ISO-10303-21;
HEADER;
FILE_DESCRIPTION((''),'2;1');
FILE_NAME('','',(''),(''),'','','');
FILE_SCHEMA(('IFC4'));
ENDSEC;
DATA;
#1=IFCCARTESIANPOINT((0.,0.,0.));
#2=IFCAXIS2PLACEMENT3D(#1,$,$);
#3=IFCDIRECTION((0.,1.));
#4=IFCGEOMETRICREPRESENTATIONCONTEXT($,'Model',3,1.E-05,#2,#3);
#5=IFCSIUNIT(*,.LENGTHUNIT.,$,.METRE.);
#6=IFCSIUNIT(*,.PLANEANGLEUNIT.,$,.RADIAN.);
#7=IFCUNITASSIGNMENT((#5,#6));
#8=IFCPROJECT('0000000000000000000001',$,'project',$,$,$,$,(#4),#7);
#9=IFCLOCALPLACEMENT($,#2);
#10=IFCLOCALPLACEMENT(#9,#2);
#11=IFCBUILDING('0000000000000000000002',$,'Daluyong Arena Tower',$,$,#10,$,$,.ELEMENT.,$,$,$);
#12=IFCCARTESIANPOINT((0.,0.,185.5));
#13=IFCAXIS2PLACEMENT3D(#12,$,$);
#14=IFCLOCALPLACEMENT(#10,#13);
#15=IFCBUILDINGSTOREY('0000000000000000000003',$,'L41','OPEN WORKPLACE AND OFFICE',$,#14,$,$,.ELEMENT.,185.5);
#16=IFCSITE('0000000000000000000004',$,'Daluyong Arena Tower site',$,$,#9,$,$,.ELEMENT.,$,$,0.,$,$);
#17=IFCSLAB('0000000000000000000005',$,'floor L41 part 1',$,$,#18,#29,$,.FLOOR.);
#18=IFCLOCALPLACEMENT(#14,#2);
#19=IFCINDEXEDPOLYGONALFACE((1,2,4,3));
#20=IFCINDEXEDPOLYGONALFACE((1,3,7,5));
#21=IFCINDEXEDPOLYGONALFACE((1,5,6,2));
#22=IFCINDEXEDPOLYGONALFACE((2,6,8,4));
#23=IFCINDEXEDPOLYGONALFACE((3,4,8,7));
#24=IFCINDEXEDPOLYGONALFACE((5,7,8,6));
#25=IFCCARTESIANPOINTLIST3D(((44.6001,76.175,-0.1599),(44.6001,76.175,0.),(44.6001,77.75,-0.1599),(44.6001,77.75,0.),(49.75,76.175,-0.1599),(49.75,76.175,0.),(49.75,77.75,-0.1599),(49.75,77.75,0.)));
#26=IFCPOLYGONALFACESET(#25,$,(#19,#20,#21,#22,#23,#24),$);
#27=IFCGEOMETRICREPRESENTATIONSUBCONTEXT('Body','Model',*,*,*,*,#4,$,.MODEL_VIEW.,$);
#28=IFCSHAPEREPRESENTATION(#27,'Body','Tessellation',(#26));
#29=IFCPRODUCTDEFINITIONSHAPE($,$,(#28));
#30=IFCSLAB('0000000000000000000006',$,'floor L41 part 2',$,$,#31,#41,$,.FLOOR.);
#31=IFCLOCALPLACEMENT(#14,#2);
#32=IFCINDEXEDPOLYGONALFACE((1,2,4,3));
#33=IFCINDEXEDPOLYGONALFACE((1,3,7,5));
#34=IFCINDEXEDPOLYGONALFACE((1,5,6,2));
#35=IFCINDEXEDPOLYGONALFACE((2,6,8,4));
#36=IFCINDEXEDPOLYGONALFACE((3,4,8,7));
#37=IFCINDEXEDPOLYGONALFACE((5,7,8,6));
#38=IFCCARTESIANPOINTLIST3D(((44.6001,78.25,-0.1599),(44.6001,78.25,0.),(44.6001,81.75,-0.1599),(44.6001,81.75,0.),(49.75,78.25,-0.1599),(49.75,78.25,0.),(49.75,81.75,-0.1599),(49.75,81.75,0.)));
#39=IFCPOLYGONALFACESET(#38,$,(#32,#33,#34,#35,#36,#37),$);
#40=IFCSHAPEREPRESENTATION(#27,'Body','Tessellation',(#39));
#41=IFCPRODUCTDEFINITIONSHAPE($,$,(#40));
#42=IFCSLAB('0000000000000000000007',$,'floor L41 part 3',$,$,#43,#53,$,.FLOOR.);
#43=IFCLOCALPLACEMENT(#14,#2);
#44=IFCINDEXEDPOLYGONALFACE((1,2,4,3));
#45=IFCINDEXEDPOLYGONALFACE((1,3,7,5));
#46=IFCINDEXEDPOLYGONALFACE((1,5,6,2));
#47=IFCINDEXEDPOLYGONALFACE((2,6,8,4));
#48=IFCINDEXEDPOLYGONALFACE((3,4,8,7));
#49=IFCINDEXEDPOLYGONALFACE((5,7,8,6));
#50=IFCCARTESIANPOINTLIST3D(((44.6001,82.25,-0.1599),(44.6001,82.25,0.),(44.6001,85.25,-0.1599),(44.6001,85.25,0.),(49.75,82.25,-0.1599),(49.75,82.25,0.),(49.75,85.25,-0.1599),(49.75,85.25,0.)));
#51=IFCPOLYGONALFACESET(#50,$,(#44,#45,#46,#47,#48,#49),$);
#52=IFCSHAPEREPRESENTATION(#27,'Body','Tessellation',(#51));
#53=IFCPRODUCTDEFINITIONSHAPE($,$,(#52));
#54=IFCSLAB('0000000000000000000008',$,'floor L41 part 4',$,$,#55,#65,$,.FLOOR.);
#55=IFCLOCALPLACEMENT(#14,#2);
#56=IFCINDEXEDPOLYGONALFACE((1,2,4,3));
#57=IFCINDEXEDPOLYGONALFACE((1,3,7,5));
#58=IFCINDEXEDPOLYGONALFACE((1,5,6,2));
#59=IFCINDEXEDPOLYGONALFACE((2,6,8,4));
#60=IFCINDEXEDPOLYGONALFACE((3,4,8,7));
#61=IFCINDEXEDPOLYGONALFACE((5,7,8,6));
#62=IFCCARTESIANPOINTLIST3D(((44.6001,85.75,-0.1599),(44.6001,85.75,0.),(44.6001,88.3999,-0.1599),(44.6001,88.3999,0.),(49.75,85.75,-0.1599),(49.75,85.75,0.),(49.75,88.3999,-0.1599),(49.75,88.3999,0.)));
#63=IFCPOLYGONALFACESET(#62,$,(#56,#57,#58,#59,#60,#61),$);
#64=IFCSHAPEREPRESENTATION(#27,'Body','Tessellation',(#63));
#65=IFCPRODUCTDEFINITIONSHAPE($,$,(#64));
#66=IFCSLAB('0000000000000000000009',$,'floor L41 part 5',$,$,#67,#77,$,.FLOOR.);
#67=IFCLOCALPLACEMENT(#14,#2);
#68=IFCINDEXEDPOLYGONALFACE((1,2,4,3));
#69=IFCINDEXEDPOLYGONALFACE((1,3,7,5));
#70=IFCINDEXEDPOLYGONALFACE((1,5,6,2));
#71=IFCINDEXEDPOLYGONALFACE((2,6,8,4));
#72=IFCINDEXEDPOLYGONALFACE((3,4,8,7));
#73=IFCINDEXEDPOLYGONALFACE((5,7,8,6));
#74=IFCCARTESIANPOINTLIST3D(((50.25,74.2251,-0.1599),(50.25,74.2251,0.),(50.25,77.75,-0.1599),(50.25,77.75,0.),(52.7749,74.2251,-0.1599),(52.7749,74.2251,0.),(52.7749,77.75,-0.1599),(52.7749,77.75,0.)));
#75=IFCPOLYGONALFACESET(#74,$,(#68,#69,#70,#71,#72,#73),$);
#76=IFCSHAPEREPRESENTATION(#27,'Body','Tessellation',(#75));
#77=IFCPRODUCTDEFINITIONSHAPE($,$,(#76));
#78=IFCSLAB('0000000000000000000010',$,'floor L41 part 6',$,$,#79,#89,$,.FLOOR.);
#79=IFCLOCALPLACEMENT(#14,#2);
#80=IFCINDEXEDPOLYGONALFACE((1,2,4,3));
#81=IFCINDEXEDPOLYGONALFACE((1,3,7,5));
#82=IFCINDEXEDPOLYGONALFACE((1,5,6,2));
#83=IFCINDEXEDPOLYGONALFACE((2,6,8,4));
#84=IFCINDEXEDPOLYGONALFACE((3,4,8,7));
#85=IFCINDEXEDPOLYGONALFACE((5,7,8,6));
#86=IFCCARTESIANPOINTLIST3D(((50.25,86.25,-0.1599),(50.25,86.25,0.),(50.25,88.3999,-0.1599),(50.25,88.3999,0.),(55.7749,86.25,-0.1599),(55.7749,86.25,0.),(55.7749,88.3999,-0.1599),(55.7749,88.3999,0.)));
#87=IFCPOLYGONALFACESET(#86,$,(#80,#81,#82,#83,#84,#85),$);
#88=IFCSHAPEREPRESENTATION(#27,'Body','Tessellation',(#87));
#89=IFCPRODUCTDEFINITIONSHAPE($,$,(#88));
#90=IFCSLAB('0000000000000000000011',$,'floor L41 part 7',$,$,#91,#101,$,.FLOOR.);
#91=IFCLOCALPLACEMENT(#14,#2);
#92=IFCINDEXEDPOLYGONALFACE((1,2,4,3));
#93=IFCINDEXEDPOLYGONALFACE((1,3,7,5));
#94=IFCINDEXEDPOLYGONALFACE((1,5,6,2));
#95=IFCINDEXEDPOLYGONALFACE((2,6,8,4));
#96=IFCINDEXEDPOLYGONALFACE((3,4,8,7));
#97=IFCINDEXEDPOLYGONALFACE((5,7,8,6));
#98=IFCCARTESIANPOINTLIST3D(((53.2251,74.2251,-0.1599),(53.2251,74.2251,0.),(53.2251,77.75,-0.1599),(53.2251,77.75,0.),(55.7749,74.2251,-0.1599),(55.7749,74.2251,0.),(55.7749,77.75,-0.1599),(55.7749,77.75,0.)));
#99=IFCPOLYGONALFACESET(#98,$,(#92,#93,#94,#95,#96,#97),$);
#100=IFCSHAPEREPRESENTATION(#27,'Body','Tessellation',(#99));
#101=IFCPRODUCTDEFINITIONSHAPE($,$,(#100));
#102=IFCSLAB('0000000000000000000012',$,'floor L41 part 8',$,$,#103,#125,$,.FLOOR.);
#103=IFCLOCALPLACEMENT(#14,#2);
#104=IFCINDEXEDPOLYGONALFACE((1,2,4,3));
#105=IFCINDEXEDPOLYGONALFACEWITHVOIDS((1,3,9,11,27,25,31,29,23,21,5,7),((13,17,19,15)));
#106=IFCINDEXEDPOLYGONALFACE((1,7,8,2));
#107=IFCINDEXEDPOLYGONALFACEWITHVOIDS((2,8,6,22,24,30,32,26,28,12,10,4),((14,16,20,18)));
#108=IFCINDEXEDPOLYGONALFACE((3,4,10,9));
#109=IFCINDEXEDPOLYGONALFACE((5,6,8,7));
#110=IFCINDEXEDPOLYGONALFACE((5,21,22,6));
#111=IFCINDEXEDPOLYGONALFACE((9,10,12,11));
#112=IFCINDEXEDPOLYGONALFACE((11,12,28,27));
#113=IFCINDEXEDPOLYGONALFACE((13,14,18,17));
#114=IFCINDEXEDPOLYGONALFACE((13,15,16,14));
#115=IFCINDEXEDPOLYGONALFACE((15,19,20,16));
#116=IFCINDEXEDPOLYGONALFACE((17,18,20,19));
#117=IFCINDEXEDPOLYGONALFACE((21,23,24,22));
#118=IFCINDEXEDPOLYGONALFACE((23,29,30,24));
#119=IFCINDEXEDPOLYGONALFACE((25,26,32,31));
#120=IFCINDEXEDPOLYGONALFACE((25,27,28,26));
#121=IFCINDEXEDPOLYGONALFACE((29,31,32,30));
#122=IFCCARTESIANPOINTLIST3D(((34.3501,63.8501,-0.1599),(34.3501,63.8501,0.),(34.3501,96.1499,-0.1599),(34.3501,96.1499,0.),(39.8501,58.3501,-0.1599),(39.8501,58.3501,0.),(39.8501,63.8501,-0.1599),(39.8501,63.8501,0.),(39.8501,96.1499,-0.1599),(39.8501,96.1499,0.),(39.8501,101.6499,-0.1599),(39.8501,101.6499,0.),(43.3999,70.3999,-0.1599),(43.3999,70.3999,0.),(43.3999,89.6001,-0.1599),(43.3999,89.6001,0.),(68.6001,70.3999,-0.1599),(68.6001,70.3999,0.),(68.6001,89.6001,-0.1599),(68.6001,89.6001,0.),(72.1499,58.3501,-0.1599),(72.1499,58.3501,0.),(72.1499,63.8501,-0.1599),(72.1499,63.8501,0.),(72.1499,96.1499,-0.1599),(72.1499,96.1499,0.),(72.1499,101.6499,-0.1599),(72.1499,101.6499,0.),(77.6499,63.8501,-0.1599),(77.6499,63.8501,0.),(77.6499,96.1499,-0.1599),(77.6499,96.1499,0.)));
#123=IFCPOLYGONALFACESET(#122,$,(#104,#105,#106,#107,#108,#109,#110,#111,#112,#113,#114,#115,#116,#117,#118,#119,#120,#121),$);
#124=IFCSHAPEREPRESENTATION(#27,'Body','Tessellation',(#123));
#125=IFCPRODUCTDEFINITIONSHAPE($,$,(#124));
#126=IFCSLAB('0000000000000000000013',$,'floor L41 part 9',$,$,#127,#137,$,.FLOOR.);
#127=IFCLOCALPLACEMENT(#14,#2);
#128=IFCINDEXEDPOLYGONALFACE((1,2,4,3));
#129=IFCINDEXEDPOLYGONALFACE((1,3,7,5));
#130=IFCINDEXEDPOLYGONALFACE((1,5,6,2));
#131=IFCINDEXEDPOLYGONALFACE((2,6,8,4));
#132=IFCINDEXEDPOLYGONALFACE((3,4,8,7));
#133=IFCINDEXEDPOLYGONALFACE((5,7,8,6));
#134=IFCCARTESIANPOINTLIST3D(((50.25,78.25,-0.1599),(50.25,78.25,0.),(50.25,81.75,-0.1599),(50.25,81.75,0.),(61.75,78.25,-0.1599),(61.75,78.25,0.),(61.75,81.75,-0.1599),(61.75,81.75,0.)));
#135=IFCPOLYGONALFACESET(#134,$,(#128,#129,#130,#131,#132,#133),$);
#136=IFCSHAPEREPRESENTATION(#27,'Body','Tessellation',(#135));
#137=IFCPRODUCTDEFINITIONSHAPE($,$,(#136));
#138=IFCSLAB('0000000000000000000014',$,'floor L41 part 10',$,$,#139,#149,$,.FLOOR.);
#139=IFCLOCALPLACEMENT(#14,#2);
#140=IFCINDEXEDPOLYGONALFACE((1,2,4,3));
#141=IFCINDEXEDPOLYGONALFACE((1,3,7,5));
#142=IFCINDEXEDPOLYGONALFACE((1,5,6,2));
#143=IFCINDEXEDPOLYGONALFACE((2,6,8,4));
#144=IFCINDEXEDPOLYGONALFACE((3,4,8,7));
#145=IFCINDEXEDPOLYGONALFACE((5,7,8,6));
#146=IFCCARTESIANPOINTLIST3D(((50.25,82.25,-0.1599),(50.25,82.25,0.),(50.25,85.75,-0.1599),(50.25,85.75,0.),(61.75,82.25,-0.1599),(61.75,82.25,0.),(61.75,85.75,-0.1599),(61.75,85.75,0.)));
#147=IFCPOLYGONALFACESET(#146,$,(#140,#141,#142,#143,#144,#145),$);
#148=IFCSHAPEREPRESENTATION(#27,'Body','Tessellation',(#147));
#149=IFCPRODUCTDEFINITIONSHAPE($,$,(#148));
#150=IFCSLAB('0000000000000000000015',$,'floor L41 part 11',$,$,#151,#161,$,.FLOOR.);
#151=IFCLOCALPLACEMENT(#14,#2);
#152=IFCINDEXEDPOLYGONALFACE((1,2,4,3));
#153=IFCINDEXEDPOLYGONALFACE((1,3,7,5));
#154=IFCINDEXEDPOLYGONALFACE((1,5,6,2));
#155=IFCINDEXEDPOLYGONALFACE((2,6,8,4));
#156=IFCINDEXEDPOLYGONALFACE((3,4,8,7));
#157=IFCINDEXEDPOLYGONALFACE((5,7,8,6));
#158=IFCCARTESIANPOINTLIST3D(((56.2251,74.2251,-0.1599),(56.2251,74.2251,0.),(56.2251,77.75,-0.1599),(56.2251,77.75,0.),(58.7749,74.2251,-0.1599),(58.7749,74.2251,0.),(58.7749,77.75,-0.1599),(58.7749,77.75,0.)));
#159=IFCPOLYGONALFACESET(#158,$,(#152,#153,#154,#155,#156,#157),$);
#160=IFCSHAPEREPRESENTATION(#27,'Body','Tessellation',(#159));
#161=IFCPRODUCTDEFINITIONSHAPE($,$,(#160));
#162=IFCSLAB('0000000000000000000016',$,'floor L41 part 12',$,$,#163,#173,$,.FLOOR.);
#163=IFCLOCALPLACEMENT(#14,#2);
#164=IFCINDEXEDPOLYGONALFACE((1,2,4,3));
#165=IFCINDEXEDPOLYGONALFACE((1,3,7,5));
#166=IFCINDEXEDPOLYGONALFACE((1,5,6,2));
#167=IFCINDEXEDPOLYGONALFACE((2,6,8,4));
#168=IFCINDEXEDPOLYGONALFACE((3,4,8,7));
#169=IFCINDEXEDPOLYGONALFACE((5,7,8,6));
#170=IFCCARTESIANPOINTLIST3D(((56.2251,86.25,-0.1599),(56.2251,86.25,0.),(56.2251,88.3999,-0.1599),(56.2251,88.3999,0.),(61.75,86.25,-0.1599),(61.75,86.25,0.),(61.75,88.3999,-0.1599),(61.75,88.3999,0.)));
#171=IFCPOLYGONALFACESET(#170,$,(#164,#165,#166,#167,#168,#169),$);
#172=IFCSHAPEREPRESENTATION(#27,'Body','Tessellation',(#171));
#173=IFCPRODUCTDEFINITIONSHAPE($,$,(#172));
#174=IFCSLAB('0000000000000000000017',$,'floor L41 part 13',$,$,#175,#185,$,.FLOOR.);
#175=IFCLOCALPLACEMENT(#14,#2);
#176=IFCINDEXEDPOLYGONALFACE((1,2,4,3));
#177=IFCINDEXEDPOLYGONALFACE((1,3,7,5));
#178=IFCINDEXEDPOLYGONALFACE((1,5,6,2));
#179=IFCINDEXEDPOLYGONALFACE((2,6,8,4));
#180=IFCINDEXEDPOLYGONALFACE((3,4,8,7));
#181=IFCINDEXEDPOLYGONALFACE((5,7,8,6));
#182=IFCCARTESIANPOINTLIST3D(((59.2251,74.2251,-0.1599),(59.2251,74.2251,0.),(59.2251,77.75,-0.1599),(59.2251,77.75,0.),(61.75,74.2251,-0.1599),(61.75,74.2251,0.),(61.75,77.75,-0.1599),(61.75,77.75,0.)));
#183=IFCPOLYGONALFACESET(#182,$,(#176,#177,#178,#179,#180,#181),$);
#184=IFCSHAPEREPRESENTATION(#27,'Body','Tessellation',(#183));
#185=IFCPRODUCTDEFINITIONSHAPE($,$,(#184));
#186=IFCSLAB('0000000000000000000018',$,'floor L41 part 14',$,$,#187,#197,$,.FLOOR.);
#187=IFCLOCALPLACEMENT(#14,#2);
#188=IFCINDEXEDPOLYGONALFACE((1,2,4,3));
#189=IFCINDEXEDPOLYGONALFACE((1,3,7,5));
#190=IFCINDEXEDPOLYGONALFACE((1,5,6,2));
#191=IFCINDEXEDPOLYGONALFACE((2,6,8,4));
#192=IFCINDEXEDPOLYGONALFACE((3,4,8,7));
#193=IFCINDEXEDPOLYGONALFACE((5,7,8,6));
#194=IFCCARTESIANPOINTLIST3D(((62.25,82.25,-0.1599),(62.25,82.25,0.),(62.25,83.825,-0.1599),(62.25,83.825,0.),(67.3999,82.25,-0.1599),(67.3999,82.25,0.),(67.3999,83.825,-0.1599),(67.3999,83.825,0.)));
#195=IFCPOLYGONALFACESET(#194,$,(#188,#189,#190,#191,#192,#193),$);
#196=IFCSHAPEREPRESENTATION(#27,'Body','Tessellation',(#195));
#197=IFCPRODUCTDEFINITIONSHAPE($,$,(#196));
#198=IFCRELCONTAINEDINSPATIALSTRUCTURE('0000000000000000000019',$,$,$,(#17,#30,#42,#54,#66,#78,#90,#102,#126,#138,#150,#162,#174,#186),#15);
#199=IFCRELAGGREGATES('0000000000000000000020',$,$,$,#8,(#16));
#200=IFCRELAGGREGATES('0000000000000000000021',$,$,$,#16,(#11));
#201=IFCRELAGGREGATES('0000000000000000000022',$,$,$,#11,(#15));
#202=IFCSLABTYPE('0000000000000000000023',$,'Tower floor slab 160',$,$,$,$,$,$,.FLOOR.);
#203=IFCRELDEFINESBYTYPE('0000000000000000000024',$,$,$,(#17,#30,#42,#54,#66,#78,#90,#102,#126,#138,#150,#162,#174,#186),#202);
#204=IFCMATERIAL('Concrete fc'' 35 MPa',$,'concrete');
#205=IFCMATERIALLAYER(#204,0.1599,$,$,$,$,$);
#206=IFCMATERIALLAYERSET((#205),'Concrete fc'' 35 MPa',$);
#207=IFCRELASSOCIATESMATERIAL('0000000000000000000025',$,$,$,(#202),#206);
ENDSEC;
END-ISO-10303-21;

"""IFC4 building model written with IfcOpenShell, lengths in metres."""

from ifc_helpers import new_model, si_unit, direction, frame, origin, place, context, subcontext, project, spatial, polyline, outline, extrude, material, layer, layer_set, type_object, element, save


model = new_model("IFC4")

# Units and contexts
model_context = context("Model", 3, precision=1e-05, world=origin(), true_north=direction((0.0, 1.0)))
body_context = subcontext(model_context, "Body", "Model", "MODEL_VIEW")
ifc_project = project(units=[si_unit("LENGTHUNIT", "METRE"), si_unit("PLANEANGLEUNIT", "RADIAN")], contexts=[model_context])

# Site, building, storey
site_placement = place(None, origin())
site = spatial("IfcSite", under=ifc_project, at=site_placement, Name="Daluyong Arena Tower site", CompositionType="ELEMENT", RefElevation=0.0)
building_placement = place(site_placement, origin())
building = spatial("IfcBuilding", under=site, at=building_placement, Name="Daluyong Arena Tower", CompositionType="ELEMENT")
storey_placement = place(building_placement, frame((0.0, 0.0, 185.5)))
storey = spatial("IfcBuildingStorey", under=building, at=storey_placement, Name="L41", Description="OPEN WORKPLACE AND OFFICE", CompositionType="ELEMENT", Elevation=185.5)

# Slabs
ifc_material_1 = material(Name="Concrete fc' 35 MPa", Category="concrete")
ifc_layer_1 = layer(ifc_material_1, 0.1599)
ifc_layer_set_1 = layer_set([ifc_layer_1], Name="Concrete fc' 35 MPa")
slab_type = type_object("IfcSlabType", Name="Tower floor slab 160", PredefinedType="FLOOR", material=ifc_layer_set_1)
slab_1_placement = place(storey_placement, frame((0.0, 0.0, -0.1599)))
element("IfcSlab", 1, at=slab_1_placement, inside=storey, type_object=slab_type, Name="floor L41 part 1", PredefinedType="FLOOR", context=body_context, shape_type="SweptSolid", body=[
    extrude(outline(polyline([(49.75, 77.75), (44.6001, 77.75), (44.6001, 76.175), (49.75, 76.175), (49.75, 77.75)])), origin(), (0.0, 0.0, 1.0), 0.1599),
])
slab_2_placement = place(storey_placement, frame((0.0, 0.0, -0.1599)))
element("IfcSlab", 2, at=slab_2_placement, inside=storey, type_object=slab_type, Name="floor L41 part 2", PredefinedType="FLOOR", context=body_context, shape_type="SweptSolid", body=[
    extrude(outline(polyline([(49.75, 78.25), (49.75, 81.75), (44.6001, 81.75), (44.6001, 78.25), (49.75, 78.25)])), origin(), (0.0, 0.0, 1.0), 0.1599),
])
slab_3_placement = place(storey_placement, frame((0.0, 0.0, -0.1599)))
element("IfcSlab", 3, at=slab_3_placement, inside=storey, type_object=slab_type, Name="floor L41 part 3", PredefinedType="FLOOR", context=body_context, shape_type="SweptSolid", body=[
    extrude(outline(polyline([(44.6001, 85.25), (44.6001, 82.25), (49.75, 82.25), (49.75, 85.25), (44.6001, 85.25)])), origin(), (0.0, 0.0, 1.0), 0.1599),
])
slab_4_placement = place(storey_placement, frame((0.0, 0.0, -0.1599)))
element("IfcSlab", 4, at=slab_4_placement, inside=storey, type_object=slab_type, Name="floor L41 part 4", PredefinedType="FLOOR", context=body_context, shape_type="SweptSolid", body=[
    extrude(outline(polyline([(44.6001, 88.3999), (44.6001, 85.75), (49.75, 85.75), (49.75, 88.3999), (44.6001, 88.3999)])), origin(), (0.0, 0.0, 1.0), 0.1599),
])
slab_5_placement = place(storey_placement, frame((0.0, 0.0, -0.1599)))
element("IfcSlab", 5, at=slab_5_placement, inside=storey, type_object=slab_type, Name="floor L41 part 5", PredefinedType="FLOOR", context=body_context, shape_type="SweptSolid", body=[
    extrude(outline(polyline([(52.7749, 74.2251), (52.7749, 77.75), (50.25, 77.75), (50.25, 74.2251), (52.7749, 74.2251)])), origin(), (0.0, 0.0, 1.0), 0.1599),
])
slab_6_placement = place(storey_placement, frame((0.0, 0.0, -0.1599)))
element("IfcSlab", 6, at=slab_6_placement, inside=storey, type_object=slab_type, Name="floor L41 part 6", PredefinedType="FLOOR", context=body_context, shape_type="SweptSolid", body=[
    extrude(outline(polyline([(50.25, 88.3999), (50.25, 86.25), (55.7749, 86.25), (55.7749, 88.3999), (50.25, 88.3999)])), origin(), (0.0, 0.0, 1.0), 0.1599),
])
slab_7_placement = place(storey_placement, frame((0.0, 0.0, -0.1599)))
element("IfcSlab", 7, at=slab_7_placement, inside=storey, type_object=slab_type, Name="floor L41 part 7", PredefinedType="FLOOR", context=body_context, shape_type="SweptSolid", body=[
    extrude(outline(polyline([(53.2251, 74.2251), (55.7749, 74.2251), (55.7749, 77.75), (53.2251, 77.75), (53.2251, 74.2251)])), origin(), (0.0, 0.0, 1.0), 0.1599),
])
slab_8_placement = place(storey_placement, frame((0.0, 0.0, -0.1599)))
element("IfcSlab", 8, at=slab_8_placement, inside=storey, type_object=slab_type, Name="floor L41 part 8", PredefinedType="FLOOR", context=body_context, shape_type="SweptSolid", body=[
    extrude(outline(polyline([(39.8501, 63.8501), (39.8501, 58.3501), (72.1499, 58.3501), (72.1499, 63.8501), (77.6499, 63.8501), (77.6499, 96.1499), (72.1499, 96.1499), (72.1499, 101.6499), (39.8501, 101.6499), (39.8501, 96.1499), (34.3501, 96.1499), (34.3501, 63.8501), (39.8501, 63.8501)]), holes=[polyline([(68.6001, 89.6001), (68.6001, 70.3999), (43.3999, 70.3999), (43.3999, 89.6001), (68.6001, 89.6001)])]), origin(), (0.0, 0.0, 1.0), 0.1599),
])
slab_9_placement = place(storey_placement, frame((0.0, 0.0, -0.1599)))
element("IfcSlab", 9, at=slab_9_placement, inside=storey, type_object=slab_type, Name="floor L41 part 9", PredefinedType="FLOOR", context=body_context, shape_type="SweptSolid", body=[
    extrude(outline(polyline([(50.25, 81.75), (50.25, 78.25), (61.75, 78.25), (61.75, 81.75), (50.25, 81.75)])), origin(), (0.0, 0.0, 1.0), 0.1599),
])
slab_10_placement = place(storey_placement, frame((0.0, 0.0, -0.1599)))
element("IfcSlab", 10, at=slab_10_placement, inside=storey, type_object=slab_type, Name="floor L41 part 10", PredefinedType="FLOOR", context=body_context, shape_type="SweptSolid", body=[
    extrude(outline(polyline([(50.25, 85.75), (50.25, 82.25), (61.75, 82.25), (61.75, 85.75), (50.25, 85.75)])), origin(), (0.0, 0.0, 1.0), 0.1599),
])
slab_11_placement = place(storey_placement, frame((0.0, 0.0, -0.1599)))
element("IfcSlab", 11, at=slab_11_placement, inside=storey, type_object=slab_type, Name="floor L41 part 11", PredefinedType="FLOOR", context=body_context, shape_type="SweptSolid", body=[
    extrude(outline(polyline([(58.7749, 77.75), (56.2251, 77.75), (56.2251, 74.2251), (58.7749, 74.2251), (58.7749, 77.75)])), origin(), (0.0, 0.0, 1.0), 0.1599),
])
slab_12_placement = place(storey_placement, frame((0.0, 0.0, -0.1599)))
element("IfcSlab", 12, at=slab_12_placement, inside=storey, type_object=slab_type, Name="floor L41 part 12", PredefinedType="FLOOR", context=body_context, shape_type="SweptSolid", body=[
    extrude(outline(polyline([(56.2251, 88.3999), (56.2251, 86.25), (61.75, 86.25), (61.75, 88.3999), (56.2251, 88.3999)])), origin(), (0.0, 0.0, 1.0), 0.1599),
])
slab_13_placement = place(storey_placement, frame((0.0, 0.0, -0.1599)))
element("IfcSlab", 13, at=slab_13_placement, inside=storey, type_object=slab_type, Name="floor L41 part 13", PredefinedType="FLOOR", context=body_context, shape_type="SweptSolid", body=[
    extrude(outline(polyline([(61.75, 77.75), (59.2251, 77.75), (59.2251, 74.2251), (61.75, 74.2251), (61.75, 77.75)])), origin(), (0.0, 0.0, 1.0), 0.1599),
])
slab_14_placement = place(storey_placement, frame((0.0, 0.0, -0.1599)))
element("IfcSlab", 14, at=slab_14_placement, inside=storey, type_object=slab_type, Name="floor L41 part 14", PredefinedType="FLOOR", context=body_context, shape_type="SweptSolid", body=[
    extrude(outline(polyline([(67.3999, 83.825), (62.25, 83.825), (62.25, 82.25), (67.3999, 82.25), (67.3999, 83.825)])), origin(), (0.0, 0.0, 1.0), 0.1599),
])

save(model, "model.ifc")
